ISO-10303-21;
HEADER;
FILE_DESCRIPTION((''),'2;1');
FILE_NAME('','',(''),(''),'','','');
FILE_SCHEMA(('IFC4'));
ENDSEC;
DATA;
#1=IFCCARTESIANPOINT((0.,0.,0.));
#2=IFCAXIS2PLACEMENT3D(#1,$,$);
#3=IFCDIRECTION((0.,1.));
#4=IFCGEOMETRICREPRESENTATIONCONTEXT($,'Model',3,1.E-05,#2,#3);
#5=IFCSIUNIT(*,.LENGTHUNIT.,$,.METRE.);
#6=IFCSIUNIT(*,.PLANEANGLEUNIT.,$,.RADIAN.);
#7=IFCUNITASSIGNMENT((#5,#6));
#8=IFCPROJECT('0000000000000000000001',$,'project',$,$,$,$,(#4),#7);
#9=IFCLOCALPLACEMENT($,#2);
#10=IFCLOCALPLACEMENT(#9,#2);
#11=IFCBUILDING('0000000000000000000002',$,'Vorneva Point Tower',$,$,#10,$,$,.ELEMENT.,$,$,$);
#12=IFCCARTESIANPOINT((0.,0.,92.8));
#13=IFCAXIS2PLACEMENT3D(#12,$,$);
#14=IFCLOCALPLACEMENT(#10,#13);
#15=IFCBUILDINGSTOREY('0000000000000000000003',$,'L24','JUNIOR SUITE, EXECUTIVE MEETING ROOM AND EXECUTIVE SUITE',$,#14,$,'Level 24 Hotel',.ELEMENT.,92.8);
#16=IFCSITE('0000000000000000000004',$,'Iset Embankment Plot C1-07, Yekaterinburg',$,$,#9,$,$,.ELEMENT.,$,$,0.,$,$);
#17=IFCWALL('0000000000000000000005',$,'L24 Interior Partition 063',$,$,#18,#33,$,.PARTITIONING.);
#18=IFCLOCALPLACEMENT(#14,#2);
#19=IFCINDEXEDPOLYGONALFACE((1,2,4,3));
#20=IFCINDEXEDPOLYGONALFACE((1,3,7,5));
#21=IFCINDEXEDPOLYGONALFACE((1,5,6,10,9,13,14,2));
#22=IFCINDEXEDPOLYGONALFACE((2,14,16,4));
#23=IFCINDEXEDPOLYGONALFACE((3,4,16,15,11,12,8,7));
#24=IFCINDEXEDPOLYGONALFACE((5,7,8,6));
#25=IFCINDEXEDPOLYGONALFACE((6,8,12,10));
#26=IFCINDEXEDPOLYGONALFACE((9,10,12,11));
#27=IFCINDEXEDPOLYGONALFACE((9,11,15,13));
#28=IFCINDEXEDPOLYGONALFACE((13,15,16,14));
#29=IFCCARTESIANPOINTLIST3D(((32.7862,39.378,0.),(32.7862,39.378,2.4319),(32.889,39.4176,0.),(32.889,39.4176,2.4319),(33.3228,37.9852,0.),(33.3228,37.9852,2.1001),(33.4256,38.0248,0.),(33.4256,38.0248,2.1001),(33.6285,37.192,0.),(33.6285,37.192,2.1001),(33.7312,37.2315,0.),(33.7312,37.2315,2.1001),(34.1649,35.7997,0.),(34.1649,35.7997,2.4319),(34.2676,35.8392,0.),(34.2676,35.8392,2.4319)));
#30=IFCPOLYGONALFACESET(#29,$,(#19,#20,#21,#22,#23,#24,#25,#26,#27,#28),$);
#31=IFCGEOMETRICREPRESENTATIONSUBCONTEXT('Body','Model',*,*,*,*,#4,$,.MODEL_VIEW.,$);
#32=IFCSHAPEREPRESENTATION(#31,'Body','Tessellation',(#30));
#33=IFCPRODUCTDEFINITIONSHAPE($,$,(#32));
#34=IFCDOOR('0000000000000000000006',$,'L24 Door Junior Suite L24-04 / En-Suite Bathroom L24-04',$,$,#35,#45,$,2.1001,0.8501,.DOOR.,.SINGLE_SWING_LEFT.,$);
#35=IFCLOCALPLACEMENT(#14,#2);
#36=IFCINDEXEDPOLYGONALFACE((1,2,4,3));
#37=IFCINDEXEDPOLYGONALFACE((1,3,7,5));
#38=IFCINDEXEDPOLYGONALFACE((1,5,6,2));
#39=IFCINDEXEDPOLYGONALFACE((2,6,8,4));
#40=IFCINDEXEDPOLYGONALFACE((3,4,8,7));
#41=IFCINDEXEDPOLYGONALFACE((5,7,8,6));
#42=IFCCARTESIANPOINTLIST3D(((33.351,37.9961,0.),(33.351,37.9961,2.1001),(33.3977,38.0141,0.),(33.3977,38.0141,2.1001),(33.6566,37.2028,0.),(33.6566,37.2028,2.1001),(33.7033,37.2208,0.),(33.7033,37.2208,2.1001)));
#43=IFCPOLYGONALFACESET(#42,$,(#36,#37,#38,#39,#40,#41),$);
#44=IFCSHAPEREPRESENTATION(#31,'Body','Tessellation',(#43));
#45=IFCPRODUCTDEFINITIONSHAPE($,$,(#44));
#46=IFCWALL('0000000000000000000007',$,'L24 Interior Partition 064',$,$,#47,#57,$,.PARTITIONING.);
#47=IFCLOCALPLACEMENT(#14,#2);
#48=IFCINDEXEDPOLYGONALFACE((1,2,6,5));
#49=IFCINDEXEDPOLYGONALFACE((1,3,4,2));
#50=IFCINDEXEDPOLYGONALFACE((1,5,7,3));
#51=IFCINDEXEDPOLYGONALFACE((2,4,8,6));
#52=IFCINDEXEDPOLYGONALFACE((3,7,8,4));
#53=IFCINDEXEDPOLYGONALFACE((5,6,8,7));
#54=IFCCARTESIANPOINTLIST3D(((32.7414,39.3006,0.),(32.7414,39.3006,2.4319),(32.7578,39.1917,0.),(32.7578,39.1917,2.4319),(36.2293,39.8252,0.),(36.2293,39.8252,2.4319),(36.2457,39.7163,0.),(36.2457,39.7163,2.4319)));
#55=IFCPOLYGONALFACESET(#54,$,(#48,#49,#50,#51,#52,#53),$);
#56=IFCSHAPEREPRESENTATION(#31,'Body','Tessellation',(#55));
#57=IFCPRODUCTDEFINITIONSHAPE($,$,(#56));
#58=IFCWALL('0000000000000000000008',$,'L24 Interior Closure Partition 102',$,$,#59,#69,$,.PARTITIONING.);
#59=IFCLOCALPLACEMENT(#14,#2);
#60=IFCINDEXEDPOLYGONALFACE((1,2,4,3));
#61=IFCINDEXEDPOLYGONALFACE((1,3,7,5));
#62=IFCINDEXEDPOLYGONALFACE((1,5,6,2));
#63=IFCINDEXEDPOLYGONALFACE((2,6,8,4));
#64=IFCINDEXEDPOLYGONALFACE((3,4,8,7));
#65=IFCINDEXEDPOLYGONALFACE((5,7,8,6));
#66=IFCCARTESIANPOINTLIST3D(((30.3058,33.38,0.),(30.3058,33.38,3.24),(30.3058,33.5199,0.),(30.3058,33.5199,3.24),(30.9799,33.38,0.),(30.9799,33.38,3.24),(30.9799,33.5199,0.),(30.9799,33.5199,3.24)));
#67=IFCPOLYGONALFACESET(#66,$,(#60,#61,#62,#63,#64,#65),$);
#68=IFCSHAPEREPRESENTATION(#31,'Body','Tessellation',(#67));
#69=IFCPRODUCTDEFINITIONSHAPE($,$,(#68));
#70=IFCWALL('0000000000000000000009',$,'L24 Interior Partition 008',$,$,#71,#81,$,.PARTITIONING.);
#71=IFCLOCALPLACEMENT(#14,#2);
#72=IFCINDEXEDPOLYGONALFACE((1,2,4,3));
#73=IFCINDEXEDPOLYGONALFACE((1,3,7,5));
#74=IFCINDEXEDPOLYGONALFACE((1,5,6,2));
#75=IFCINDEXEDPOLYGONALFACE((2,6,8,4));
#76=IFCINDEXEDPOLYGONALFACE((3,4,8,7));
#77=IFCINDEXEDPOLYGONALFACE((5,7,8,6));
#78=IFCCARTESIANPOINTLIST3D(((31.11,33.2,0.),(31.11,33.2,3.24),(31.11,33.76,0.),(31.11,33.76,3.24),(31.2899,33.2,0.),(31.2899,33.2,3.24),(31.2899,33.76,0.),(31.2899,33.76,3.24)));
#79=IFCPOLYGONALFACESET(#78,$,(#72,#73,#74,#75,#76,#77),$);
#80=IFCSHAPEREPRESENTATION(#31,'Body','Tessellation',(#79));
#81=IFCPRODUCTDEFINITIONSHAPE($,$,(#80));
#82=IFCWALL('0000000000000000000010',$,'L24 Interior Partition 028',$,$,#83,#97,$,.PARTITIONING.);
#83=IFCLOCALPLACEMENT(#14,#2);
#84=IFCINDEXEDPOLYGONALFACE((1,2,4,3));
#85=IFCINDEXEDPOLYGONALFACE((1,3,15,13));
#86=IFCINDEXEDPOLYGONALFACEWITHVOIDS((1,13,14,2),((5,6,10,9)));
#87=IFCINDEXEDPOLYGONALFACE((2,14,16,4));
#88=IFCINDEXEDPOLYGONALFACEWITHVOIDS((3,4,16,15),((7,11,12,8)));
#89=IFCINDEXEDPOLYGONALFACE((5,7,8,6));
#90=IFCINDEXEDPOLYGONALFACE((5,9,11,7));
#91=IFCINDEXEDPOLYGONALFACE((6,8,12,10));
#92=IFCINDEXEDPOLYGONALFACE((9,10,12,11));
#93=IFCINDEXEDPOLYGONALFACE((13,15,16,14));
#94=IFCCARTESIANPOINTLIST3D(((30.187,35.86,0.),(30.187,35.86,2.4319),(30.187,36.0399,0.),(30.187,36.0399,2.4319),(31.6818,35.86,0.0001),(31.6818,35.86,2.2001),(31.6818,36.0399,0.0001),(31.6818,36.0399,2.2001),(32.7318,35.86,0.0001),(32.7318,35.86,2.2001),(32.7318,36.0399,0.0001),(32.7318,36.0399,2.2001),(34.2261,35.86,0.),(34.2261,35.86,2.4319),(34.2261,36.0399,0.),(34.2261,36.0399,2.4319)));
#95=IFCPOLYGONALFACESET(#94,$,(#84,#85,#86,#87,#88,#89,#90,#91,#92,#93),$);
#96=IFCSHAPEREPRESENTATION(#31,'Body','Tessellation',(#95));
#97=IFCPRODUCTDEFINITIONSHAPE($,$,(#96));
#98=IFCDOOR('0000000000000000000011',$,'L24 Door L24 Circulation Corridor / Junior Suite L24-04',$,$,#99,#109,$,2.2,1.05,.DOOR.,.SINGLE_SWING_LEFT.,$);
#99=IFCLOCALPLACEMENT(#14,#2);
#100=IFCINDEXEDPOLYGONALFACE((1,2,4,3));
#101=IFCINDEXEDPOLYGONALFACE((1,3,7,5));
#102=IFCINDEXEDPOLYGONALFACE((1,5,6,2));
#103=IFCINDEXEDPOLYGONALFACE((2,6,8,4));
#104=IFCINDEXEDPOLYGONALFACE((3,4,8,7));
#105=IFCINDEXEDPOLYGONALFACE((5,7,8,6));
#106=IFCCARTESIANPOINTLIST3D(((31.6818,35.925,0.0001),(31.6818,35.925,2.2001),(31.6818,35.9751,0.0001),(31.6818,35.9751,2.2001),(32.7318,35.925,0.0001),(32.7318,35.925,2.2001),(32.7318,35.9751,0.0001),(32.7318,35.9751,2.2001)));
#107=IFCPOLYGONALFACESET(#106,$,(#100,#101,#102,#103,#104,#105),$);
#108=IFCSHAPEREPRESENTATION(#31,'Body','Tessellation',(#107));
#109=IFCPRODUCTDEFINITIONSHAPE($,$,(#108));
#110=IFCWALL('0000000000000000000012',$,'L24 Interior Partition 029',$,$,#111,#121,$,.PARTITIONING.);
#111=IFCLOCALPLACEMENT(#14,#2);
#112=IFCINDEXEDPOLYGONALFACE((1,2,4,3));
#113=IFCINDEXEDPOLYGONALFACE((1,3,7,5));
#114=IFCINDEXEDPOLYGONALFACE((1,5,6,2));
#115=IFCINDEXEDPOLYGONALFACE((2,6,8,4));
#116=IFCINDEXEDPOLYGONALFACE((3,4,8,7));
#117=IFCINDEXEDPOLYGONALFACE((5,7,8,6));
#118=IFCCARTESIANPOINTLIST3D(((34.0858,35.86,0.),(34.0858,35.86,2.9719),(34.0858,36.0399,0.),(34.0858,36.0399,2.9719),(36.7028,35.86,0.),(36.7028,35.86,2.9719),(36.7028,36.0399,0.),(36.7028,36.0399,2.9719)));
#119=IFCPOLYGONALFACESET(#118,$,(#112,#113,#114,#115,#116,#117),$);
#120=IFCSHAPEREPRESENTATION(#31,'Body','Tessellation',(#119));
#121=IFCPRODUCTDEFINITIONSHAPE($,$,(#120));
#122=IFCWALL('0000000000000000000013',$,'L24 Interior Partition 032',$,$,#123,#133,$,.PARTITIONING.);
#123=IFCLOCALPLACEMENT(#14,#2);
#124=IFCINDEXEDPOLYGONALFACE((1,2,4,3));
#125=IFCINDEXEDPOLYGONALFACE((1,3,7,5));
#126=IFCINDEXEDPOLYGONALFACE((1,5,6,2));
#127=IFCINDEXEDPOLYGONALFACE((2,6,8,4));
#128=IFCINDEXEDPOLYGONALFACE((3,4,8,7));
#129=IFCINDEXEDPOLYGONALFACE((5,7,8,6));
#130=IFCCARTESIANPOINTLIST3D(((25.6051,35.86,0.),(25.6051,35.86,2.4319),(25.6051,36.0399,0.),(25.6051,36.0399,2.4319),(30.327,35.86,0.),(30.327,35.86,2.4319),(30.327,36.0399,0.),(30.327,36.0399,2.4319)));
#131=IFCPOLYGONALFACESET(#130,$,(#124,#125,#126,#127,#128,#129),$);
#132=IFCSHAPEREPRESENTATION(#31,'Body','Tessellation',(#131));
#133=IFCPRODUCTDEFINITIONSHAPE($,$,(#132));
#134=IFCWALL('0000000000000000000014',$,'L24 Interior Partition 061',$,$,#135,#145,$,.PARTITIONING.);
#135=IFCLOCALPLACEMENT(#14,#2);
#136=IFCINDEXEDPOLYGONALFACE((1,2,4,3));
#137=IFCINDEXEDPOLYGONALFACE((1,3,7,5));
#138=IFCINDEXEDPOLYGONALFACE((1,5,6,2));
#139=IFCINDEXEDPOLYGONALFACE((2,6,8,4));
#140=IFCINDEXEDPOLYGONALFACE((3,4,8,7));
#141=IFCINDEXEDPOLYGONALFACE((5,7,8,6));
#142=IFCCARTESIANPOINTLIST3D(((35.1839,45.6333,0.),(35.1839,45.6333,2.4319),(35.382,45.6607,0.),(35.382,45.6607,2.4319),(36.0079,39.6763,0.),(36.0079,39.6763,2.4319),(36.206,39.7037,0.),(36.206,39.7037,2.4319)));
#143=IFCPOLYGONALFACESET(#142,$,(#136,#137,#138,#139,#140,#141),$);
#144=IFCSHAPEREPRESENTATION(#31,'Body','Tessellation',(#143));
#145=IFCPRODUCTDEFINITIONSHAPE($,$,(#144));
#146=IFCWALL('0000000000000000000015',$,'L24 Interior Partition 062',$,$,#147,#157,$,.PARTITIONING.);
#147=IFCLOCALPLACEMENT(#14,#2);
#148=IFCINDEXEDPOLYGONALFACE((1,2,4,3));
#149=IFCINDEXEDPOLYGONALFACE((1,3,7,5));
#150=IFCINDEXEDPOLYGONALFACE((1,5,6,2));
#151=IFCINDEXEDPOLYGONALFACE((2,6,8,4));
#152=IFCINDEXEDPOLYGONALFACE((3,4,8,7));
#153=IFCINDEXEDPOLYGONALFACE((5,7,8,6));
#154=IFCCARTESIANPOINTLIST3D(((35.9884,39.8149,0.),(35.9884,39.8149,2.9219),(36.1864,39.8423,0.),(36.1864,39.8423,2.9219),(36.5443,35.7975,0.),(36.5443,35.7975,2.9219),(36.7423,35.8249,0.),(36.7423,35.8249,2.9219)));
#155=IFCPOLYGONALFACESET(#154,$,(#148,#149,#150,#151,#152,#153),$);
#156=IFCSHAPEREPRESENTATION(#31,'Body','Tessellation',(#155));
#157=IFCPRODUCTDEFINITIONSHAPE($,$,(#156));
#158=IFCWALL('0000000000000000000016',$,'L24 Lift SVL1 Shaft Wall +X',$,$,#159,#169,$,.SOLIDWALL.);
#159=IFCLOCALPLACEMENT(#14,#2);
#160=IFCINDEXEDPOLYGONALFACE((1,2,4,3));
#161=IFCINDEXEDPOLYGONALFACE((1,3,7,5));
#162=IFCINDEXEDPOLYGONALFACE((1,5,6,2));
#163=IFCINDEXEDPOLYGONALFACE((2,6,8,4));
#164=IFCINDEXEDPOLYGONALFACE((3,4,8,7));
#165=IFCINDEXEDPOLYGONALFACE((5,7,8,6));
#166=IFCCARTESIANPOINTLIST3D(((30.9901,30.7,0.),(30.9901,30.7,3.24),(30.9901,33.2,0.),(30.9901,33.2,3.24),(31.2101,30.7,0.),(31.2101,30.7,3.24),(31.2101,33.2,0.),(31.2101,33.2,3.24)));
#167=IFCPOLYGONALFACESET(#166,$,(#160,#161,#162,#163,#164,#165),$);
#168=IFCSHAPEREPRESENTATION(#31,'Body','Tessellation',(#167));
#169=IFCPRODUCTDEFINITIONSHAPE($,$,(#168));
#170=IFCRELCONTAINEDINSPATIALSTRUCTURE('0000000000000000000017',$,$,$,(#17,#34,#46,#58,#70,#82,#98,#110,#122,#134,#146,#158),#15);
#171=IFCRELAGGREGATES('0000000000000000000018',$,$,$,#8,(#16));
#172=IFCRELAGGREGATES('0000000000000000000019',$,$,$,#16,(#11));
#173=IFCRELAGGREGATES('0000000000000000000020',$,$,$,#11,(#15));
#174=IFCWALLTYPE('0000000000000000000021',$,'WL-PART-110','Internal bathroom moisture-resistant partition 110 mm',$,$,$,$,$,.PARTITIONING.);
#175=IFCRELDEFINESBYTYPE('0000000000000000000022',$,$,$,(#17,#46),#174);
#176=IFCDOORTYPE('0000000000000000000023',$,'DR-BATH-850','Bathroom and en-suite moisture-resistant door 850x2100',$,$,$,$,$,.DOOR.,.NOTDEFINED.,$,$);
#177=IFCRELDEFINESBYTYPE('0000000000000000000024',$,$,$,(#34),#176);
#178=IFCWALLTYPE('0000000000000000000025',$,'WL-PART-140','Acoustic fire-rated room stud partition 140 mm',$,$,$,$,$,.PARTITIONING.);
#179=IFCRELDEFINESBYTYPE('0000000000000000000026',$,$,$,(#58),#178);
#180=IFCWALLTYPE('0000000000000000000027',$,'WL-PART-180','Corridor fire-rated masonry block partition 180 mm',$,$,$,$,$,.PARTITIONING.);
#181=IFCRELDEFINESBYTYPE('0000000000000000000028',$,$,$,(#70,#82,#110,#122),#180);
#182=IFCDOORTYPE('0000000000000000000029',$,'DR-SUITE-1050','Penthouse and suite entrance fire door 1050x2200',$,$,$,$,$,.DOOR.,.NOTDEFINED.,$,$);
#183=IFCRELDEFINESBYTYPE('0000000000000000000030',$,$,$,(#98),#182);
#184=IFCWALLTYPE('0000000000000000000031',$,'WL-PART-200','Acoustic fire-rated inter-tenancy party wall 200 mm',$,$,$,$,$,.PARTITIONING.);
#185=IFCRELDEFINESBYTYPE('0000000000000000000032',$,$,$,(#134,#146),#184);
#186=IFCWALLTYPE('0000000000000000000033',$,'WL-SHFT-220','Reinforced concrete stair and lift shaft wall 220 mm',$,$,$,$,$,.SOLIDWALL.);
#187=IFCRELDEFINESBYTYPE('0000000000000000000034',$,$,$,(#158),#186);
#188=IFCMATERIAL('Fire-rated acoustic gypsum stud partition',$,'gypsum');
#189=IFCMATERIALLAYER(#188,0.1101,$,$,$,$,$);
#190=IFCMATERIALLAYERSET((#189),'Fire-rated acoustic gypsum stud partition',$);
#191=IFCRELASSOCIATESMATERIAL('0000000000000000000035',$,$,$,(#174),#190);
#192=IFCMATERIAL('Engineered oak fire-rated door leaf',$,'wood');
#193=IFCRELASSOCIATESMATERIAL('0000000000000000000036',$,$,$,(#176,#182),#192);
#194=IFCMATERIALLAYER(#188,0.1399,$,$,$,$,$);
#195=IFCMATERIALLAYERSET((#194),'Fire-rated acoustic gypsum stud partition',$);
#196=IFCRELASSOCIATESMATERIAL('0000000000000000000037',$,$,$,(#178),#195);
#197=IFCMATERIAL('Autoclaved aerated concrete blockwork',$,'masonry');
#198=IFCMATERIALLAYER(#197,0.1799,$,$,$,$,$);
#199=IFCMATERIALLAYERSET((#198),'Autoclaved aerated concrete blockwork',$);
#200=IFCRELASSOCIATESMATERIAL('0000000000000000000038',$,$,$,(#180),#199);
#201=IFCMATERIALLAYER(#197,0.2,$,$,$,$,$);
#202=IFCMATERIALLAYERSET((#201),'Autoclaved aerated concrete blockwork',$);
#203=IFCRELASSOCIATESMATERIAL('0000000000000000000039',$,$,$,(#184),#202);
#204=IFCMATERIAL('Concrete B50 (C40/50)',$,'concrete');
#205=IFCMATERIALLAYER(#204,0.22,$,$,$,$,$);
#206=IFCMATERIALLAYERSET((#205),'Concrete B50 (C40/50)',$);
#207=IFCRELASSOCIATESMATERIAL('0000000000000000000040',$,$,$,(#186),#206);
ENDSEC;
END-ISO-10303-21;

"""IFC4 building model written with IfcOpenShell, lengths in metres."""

from ifc_helpers import new_model, si_unit, direction, frame, frame_2d, origin, place, context, subcontext, project, spatial, rectangle, extrude, material, layer, layer_set, type_object, element, fill, save


model = new_model("IFC4")

# Units and contexts
model_context = context("Model", 3, precision=1e-05, world=origin(), true_north=direction((0.0, 1.0)))
body_context = subcontext(model_context, "Body", "Model", "MODEL_VIEW")
ifc_project = project(units=[si_unit("LENGTHUNIT", "METRE"), si_unit("PLANEANGLEUNIT", "RADIAN")], contexts=[model_context])

# Site, building, storey
site_placement = place(None, origin())
site = spatial("IfcSite", under=ifc_project, at=site_placement, Name="Iset Embankment Plot C1-07, Yekaterinburg", CompositionType="ELEMENT", RefElevation=0.0)
building_placement = place(site_placement, origin())
building = spatial("IfcBuilding", under=site, at=building_placement, Name="Vorneva Point Tower", CompositionType="ELEMENT")
storey_placement = place(building_placement, frame((0.0, 0.0, 92.8)))
storey = spatial("IfcBuildingStorey", under=building, at=storey_placement, Name="L24", Description="JUNIOR SUITE, EXECUTIVE MEETING ROOM AND EXECUTIVE SUITE", LongName="Level 24 Hotel", CompositionType="ELEMENT", Elevation=92.8)

# Wall, opening, door
ifc_material_1 = material(Name="Fire-rated acoustic gypsum stud partition", Category="gypsum")
ifc_layer_1 = layer(ifc_material_1, 0.1101)
ifc_layer_set_1 = layer_set([ifc_layer_1], Name="Fire-rated acoustic gypsum stud partition")
wall_type_1 = type_object("IfcWallType", Name="WL-PART-110", Description="Internal bathroom moisture-resistant partition 110 mm", PredefinedType="PARTITIONING", material=ifc_layer_set_1)
wall_1_placement = place(storey_placement, frame((34.2163, 35.8193, 0.0), z_axis=(0.0, 0.0, 1.0), x_axis=(-0.359517, 0.933139, 0.0)))
wall_1 = element("IfcWall", 1, at=wall_1_placement, inside=storey, type_object=wall_type_1, Name="L24 Interior Partition 063", PredefinedType="PARTITIONING", context=body_context, shape_type="SweptSolid", body=[
    extrude(rectangle(XDim=3.8347, YDim=0.1101, at=frame_2d((1.9175, 0.0))), origin(), (0.0, 0.0, 1.0), 2.4319),
])
opening_1_placement = place(wall_1_placement, frame((1.4922, 0.0, 0.0)))
opening_1 = element("IfcOpeningElement", 2, at=opening_1_placement, cuts=wall_1, PredefinedType="OPENING", context=body_context, shape_type="SweptSolid", body=[
    extrude(rectangle(XDim=0.8501, YDim=2.1001, at=frame_2d((0.425, 1.05))), frame((0.0, 0.0698, 0.0), z_axis=(0.0, -1.0, 0.0), x_axis=(1.0, 0.0, 0.0)), (0.0, 0.0, 1.0), 0.1399),
])
ifc_material_2 = material(Name="Engineered oak fire-rated door leaf", Category="wood")
door_type_1 = type_object("IfcDoorType", Name="DR-BATH-850", Description="Bathroom and en-suite moisture-resistant door 850x2100", OperationType="NOTDEFINED", PredefinedType="DOOR", material=ifc_material_2)
door_1_placement = place(opening_1_placement, origin())
door_1 = element("IfcDoor", 3, at=door_1_placement, inside=storey, type_object=door_type_1, Name="L24 Door Junior Suite L24-04 / En-Suite Bathroom L24-04", OperationType="SINGLE_SWING_LEFT", OverallHeight=2.1001, OverallWidth=0.8501, PredefinedType="DOOR", context=body_context, shape_type="SweptSolid", body=[
    extrude(rectangle(XDim=0.8501, YDim=2.1001, at=frame_2d((0.425, 1.05))), frame((0.0, 0.0249, 0.0), z_axis=(0.0, -1.0, 0.0), x_axis=(1.0, 0.0, 0.0)), (0.0, 0.0, 1.0), 0.05),
])
fill(opening_1, door_1)

# Walls
wall_2_placement = place(storey_placement, frame((32.7495, 39.2461, 0.0), z_axis=(0.0, 0.0, 1.0), x_axis=(0.988874, 0.148753, 0.0)))
element("IfcWall", 4, at=wall_2_placement, inside=storey, type_object=wall_type_1, Name="L24 Interior Partition 064", PredefinedType="PARTITIONING", context=body_context, shape_type="SweptSolid", body=[
    extrude(rectangle(XDim=3.5271, YDim=0.1101, at=frame_2d((1.7637, 0.0))), origin(), (0.0, 0.0, 1.0), 2.4319),
])
ifc_layer_2 = layer(ifc_material_1, 0.1399)
ifc_layer_set_2 = layer_set([ifc_layer_2], Name="Fire-rated acoustic gypsum stud partition")
wall_type_2 = type_object("IfcWallType", Name="WL-PART-140", Description="Acoustic fire-rated room stud partition 140 mm", PredefinedType="PARTITIONING", material=ifc_layer_set_2)
wall_3_placement = place(storey_placement, frame((30.3059, 33.45, 0.0), z_axis=(0.0, 0.0, 1.0), x_axis=(1.0, 0.0, 0.0)))
element("IfcWall", 5, at=wall_3_placement, inside=storey, type_object=wall_type_2, Name="L24 Interior Closure Partition 102", PredefinedType="PARTITIONING", context=body_context, shape_type="SweptSolid", body=[
    extrude(rectangle(XDim=0.6741, YDim=0.1399, at=frame_2d((0.3369, 0.0))), origin(), (0.0, 0.0, 1.0), 3.24),
])

# Shared definitions
ifc_material_3 = material(Name="Autoclaved aerated concrete blockwork", Category="masonry")
ifc_layer_3 = layer(ifc_material_3, 0.1799)
ifc_layer_set_3 = layer_set([ifc_layer_3], Name="Autoclaved aerated concrete blockwork")
wall_type_3 = type_object("IfcWallType", Name="WL-PART-180", Description="Corridor fire-rated masonry block partition 180 mm", PredefinedType="PARTITIONING", material=ifc_layer_set_3)

# Wall
wall_4_placement = place(storey_placement, frame((31.2, 33.76, 0.0), z_axis=(0.0, 0.0, 1.0), x_axis=(0.0, -1.0, 0.0)))
element("IfcWall", 6, at=wall_4_placement, inside=storey, type_object=wall_type_3, Name="L24 Interior Partition 008", PredefinedType="PARTITIONING", context=body_context, shape_type="SweptSolid", body=[
    extrude(rectangle(XDim=0.5601, YDim=0.1799, at=frame_2d((0.28, 0.0))), origin(), (0.0, 0.0, 1.0), 3.24),
])

# Wall, opening, door
wall_5_placement = place(storey_placement, frame((34.2261, 35.95, 0.0), z_axis=(0.0, 0.0, 1.0), x_axis=(-1.0, 0.0, 0.0)))
wall_5 = element("IfcWall", 7, at=wall_5_placement, inside=storey, type_object=wall_type_3, Name="L24 Interior Partition 028", PredefinedType="PARTITIONING", context=body_context, shape_type="SweptSolid", body=[
    extrude(rectangle(XDim=4.0391, YDim=0.1799, at=frame_2d((2.0195, 0.0))), origin(), (0.0, 0.0, 1.0), 2.4319),
])
opening_2_placement = place(wall_5_placement, frame((1.4944, 0.0, 0.0)))
opening_2 = element("IfcOpeningElement", 8, at=opening_2_placement, cuts=wall_5, PredefinedType="OPENING", context=body_context, shape_type="SweptSolid", body=[
    extrude(rectangle(XDim=1.05, YDim=2.2, at=frame_2d((0.5249, 1.1001))), frame((0.0, 0.105, 0.0), z_axis=(0.0, -1.0, 0.0), x_axis=(1.0, 0.0, 0.0)), (0.0, 0.0, 1.0), 0.2097),
])
door_type_2 = type_object("IfcDoorType", Name="DR-SUITE-1050", Description="Penthouse and suite entrance fire door 1050x2200", OperationType="NOTDEFINED", PredefinedType="DOOR", material=ifc_material_2)
door_2_placement = place(opening_2_placement, origin())
door_2 = element("IfcDoor", 9, at=door_2_placement, inside=storey, type_object=door_type_2, Name="L24 Door L24 Circulation Corridor / Junior Suite L24-04", OperationType="SINGLE_SWING_LEFT", OverallHeight=2.2, OverallWidth=1.05, PredefinedType="DOOR", context=body_context, shape_type="SweptSolid", body=[
    extrude(rectangle(XDim=1.05, YDim=2.2, at=frame_2d((0.5249, 1.1001))), frame((0.0, 0.0249, 0.0), z_axis=(0.0, -1.0, 0.0), x_axis=(1.0, 0.0, 0.0)), (0.0, 0.0, 1.0), 0.05),
])
fill(opening_2, door_2)

# Walls
wall_6_placement = place(storey_placement, frame((36.7029, 35.95, 0.0), z_axis=(0.0, 0.0, 1.0), x_axis=(-1.0, 0.0, 0.0)))
element("IfcWall", 10, at=wall_6_placement, inside=storey, type_object=wall_type_3, Name="L24 Interior Partition 029", PredefinedType="PARTITIONING", context=body_context, shape_type="SweptSolid", body=[
    extrude(rectangle(XDim=2.6169, YDim=0.1799, at=frame_2d((1.3086, 0.0))), origin(), (0.0, 0.0, 1.0), 2.9719),
])
wall_7_placement = place(storey_placement, frame((30.3269, 35.95, 0.0), z_axis=(0.0, 0.0, 1.0), x_axis=(-1.0, 0.0, 0.0)))
element("IfcWall", 11, at=wall_7_placement, inside=storey, type_object=wall_type_3, Name="L24 Interior Partition 032", PredefinedType="PARTITIONING", context=body_context, shape_type="SweptSolid", body=[
    extrude(rectangle(XDim=4.7219, YDim=0.1799, at=frame_2d((2.3608, 0.0))), origin(), (0.0, 0.0, 1.0), 2.4319),
])
ifc_layer_4 = layer(ifc_material_3, 0.2)
ifc_layer_set_4 = layer_set([ifc_layer_4], Name="Autoclaved aerated concrete blockwork")
wall_type_4 = type_object("IfcWallType", Name="WL-PART-200", Description="Acoustic fire-rated inter-tenancy party wall 200 mm", PredefinedType="PARTITIONING", material=ifc_layer_set_4)
wall_8_placement = place(storey_placement, frame((35.283, 45.647, 0.0), z_axis=(0.0, 0.0, 1.0), x_axis=(0.137015, -0.990569, 0.0)))
element("IfcWall", 12, at=wall_8_placement, inside=storey, type_object=wall_type_4, Name="L24 Interior Partition 061", PredefinedType="PARTITIONING", context=body_context, shape_type="SweptSolid", body=[
    extrude(rectangle(XDim=6.0137, YDim=0.2, at=frame_2d((3.0068, 0.0))), origin(), (0.0, 0.0, 1.0), 2.4319),
])
wall_9_placement = place(storey_placement, frame((36.0874, 39.8286, 0.0), z_axis=(0.0, 0.0, 1.0), x_axis=(0.137071, -0.990561, 0.0)))
element("IfcWall", 13, at=wall_9_placement, inside=storey, type_object=wall_type_4, Name="L24 Interior Partition 062", PredefinedType="PARTITIONING", context=body_context, shape_type="SweptSolid", body=[
    extrude(rectangle(XDim=4.0557, YDim=0.2, at=frame_2d((2.0278, 0.0))), origin(), (0.0, 0.0, 1.0), 2.9219),
])
ifc_material_4 = material(Name="Concrete B50 (C40/50)", Category="concrete")
ifc_layer_5 = layer(ifc_material_4, 0.22)
ifc_layer_set_5 = layer_set([ifc_layer_5], Name="Concrete B50 (C40/50)")
wall_type_5 = type_object("IfcWallType", Name="WL-SHFT-220", Description="Reinforced concrete stair and lift shaft wall 220 mm", PredefinedType="SOLIDWALL", material=ifc_layer_set_5)
wall_10_placement = place(storey_placement, frame((31.1001, 30.7, 0.0), z_axis=(0.0, 0.0, 1.0), x_axis=(0.0, 1.0, 0.0)))
element("IfcWall", 14, at=wall_10_placement, inside=storey, type_object=wall_type_5, Name="L24 Lift SVL1 Shaft Wall +X", PredefinedType="SOLIDWALL", context=body_context, shape_type="SweptSolid", body=[
    extrude(rectangle(XDim=2.5, YDim=0.22, at=frame_2d((1.25, 0.0))), origin(), (0.0, 0.0, 1.0), 3.24),
])

save(model, "model.ifc")
